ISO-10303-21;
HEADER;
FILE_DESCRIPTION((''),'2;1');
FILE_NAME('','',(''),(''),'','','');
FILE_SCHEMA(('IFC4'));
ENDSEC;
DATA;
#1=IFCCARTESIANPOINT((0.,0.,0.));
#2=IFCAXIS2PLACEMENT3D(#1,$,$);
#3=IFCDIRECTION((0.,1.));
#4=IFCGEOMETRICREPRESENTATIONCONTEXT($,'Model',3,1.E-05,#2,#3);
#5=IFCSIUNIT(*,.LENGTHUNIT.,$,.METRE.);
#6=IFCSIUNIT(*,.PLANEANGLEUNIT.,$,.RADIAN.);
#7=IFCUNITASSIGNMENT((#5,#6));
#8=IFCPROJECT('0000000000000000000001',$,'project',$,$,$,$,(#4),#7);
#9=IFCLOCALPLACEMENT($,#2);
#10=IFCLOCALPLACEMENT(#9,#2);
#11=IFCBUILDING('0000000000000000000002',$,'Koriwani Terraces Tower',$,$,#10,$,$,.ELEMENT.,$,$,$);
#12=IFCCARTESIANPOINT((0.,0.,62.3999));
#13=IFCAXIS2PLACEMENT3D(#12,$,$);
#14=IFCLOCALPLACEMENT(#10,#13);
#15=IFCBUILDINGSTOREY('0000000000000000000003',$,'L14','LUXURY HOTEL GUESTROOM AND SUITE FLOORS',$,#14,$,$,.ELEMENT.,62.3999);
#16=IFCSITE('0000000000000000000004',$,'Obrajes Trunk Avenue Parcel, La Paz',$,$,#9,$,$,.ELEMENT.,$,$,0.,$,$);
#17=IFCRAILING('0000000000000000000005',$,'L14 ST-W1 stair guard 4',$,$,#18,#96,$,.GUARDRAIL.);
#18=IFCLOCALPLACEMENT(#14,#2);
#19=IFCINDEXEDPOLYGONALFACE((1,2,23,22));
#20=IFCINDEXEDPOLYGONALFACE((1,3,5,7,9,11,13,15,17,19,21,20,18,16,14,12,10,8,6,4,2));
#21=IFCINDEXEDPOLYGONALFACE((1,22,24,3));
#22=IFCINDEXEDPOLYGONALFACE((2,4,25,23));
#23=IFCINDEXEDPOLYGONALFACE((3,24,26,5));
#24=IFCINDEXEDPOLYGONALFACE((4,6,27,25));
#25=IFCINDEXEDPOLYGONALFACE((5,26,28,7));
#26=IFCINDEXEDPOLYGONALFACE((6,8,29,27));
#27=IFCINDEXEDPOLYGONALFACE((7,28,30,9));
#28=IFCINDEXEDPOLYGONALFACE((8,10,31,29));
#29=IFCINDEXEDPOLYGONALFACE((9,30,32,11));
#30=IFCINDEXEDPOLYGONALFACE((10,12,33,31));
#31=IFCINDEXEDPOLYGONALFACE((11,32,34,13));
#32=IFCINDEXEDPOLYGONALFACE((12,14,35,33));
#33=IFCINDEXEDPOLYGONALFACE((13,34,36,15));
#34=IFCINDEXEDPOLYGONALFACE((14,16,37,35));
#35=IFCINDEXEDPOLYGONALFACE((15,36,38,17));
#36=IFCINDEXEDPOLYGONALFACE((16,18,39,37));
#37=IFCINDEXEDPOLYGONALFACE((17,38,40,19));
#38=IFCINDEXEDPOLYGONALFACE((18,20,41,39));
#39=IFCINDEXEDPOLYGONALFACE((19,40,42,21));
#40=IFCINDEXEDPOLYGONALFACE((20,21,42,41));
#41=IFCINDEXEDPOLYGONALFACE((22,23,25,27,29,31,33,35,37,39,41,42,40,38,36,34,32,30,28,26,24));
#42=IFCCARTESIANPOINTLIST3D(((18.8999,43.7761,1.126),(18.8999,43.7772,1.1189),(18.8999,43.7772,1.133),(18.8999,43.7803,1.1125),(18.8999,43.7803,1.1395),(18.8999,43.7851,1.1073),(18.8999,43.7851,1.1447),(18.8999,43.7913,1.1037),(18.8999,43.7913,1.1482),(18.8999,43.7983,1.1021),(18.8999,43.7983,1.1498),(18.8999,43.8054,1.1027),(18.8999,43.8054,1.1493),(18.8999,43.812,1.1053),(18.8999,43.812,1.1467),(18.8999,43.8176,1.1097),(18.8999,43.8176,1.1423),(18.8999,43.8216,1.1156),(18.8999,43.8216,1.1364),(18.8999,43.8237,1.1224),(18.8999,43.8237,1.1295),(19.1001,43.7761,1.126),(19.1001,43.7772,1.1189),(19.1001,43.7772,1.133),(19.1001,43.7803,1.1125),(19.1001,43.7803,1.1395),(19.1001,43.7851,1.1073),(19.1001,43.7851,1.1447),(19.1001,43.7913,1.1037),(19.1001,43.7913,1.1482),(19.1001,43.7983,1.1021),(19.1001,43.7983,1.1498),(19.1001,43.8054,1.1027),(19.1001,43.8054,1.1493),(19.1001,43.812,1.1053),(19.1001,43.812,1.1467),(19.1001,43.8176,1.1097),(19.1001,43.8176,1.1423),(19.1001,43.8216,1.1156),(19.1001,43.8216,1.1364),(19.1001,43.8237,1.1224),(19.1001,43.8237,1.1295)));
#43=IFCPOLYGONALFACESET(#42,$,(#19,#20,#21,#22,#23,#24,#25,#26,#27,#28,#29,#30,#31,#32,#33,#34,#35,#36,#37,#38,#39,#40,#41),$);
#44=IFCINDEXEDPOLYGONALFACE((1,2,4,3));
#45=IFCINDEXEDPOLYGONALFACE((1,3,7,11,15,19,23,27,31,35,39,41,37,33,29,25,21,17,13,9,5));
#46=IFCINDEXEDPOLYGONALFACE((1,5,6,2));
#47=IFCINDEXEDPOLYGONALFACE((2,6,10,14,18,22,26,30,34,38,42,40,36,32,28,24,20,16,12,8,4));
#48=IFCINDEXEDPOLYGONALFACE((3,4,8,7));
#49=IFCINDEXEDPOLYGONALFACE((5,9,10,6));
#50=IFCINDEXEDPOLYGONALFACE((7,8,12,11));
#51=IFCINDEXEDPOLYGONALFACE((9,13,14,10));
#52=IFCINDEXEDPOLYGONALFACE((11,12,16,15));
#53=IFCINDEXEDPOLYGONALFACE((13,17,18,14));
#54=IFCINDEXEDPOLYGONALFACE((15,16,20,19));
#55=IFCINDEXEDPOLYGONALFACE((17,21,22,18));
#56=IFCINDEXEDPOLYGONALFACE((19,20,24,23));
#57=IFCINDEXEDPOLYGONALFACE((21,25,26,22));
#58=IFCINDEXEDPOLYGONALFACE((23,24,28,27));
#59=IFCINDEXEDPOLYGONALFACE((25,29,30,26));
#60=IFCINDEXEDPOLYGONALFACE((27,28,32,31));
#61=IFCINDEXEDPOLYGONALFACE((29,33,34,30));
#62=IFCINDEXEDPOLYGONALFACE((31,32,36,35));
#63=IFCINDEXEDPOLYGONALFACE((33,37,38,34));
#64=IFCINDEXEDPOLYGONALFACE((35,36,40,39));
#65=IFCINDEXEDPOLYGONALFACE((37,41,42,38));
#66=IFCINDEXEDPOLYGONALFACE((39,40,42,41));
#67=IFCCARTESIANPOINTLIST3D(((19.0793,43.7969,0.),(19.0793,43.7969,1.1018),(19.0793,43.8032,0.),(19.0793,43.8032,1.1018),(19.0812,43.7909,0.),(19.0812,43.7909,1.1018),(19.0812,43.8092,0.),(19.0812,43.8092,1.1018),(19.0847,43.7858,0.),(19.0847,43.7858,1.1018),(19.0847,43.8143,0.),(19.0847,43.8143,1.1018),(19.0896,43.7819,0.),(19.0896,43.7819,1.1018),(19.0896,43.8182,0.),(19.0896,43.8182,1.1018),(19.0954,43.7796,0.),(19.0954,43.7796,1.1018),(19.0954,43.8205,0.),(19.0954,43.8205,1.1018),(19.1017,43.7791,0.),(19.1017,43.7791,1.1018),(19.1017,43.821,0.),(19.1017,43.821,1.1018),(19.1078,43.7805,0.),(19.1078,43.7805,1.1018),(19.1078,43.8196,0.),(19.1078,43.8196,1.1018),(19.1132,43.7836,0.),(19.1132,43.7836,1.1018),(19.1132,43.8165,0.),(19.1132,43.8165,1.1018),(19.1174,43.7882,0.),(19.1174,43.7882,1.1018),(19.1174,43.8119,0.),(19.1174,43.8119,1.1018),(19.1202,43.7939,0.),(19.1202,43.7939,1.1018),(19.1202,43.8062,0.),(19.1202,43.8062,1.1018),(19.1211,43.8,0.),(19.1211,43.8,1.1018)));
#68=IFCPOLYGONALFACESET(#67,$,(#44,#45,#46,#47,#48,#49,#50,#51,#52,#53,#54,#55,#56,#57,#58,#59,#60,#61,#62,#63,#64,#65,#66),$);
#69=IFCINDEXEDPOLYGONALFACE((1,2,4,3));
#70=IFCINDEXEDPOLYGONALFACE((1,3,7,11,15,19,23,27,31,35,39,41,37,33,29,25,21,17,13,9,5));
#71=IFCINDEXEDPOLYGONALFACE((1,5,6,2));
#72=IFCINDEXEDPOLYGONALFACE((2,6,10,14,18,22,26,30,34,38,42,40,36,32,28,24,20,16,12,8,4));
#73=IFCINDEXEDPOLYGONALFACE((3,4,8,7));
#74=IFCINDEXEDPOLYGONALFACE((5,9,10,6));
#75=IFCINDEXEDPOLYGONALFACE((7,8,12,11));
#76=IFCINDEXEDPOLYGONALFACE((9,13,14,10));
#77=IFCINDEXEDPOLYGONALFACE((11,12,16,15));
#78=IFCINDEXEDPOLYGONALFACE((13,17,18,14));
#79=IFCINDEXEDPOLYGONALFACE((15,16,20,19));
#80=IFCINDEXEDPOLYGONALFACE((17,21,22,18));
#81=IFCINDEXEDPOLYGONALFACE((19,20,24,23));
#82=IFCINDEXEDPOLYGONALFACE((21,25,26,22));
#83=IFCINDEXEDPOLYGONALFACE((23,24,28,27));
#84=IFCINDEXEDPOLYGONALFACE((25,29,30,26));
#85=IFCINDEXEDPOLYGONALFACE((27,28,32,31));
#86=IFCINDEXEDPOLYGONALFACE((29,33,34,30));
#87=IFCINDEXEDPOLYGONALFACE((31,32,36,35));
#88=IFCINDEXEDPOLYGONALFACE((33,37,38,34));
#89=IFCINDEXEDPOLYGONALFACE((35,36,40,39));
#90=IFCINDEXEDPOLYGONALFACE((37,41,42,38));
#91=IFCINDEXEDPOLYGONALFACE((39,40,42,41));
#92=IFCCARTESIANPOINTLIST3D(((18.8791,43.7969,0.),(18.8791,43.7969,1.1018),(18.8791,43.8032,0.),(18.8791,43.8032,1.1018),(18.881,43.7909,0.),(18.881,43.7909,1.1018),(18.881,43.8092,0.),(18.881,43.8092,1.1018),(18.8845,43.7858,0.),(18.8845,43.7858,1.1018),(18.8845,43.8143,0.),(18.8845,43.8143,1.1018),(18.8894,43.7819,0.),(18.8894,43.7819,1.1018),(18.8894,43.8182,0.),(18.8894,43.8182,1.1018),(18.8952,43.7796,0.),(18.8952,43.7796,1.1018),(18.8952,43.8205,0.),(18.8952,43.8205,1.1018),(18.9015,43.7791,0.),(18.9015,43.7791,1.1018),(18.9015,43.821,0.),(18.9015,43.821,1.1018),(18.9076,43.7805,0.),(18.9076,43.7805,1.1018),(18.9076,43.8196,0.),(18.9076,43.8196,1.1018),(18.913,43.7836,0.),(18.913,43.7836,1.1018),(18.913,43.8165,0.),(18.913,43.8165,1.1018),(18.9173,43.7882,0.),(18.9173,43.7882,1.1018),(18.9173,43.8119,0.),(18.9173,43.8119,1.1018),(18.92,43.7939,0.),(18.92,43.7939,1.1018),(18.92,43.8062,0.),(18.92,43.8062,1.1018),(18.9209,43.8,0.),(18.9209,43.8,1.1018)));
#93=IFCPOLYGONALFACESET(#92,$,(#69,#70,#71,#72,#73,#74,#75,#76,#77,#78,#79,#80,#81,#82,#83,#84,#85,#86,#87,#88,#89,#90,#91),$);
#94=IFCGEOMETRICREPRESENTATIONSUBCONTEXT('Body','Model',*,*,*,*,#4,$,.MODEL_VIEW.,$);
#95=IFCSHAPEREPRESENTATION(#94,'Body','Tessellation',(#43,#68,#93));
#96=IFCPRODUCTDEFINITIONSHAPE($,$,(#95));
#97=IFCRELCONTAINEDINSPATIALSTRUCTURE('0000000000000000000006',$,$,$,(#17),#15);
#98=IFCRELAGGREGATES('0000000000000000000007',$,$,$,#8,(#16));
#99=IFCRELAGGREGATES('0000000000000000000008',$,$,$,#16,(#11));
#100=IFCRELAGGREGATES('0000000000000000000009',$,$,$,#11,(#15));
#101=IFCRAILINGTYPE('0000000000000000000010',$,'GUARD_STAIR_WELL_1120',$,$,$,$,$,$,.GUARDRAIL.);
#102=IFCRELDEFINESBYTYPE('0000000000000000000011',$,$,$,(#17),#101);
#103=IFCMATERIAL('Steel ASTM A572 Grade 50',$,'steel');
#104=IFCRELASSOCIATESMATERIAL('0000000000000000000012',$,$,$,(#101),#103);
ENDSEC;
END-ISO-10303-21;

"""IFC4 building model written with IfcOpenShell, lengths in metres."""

from ifc_helpers import new_model, si_unit, direction, frame, origin, origin_2d, place, context, subcontext, project, spatial, circle, extrude, material, type_object, element, save


model = new_model("IFC4")

# Units and contexts
model_context = context("Model", 3, precision=1e-05, world=origin(), true_north=direction((0.0, 1.0)))
body_context = subcontext(model_context, "Body", "Model", "MODEL_VIEW")
ifc_project = project(units=[si_unit("LENGTHUNIT", "METRE"), si_unit("PLANEANGLEUNIT", "RADIAN")], contexts=[model_context])

# Site, building, storey
site_placement = place(None, origin())
site = spatial("IfcSite", under=ifc_project, at=site_placement, Name="Obrajes Trunk Avenue Parcel, La Paz", CompositionType="ELEMENT", RefElevation=0.0)
building_placement = place(site_placement, origin())
building = spatial("IfcBuilding", under=site, at=building_placement, Name="Koriwani Terraces Tower", CompositionType="ELEMENT")
storey_placement = place(building_placement, frame((0.0, 0.0, 62.3999)))
storey = spatial("IfcBuildingStorey", under=building, at=storey_placement, Name="L14", Description="LUXURY HOTEL GUESTROOM AND SUITE FLOORS", CompositionType="ELEMENT", Elevation=62.3999)

# Shared definitions
ifc_material_1 = material(Name="Steel ASTM A572 Grade 50", Category="steel")

# Railing
railing_type_1 = type_object("IfcRailingType", Name="GUARD_STAIR_WELL_1120", PredefinedType="GUARDRAIL", material=ifc_material_1)
railing_1_placement = place(storey_placement, frame((19.1001, 43.8, 0.0)))
element("IfcRailing", 1, at=railing_1_placement, inside=storey, type_object=railing_type_1, Name="L14 ST-W1 stair guard 4", PredefinedType="GUARDRAIL", context=body_context, shape_type="SweptSolid", body=[
    extrude(circle(Radius=0.0239, at=origin_2d()), frame((0.0, 0.0, 1.126), z_axis=(-1.0, 0.0, 0.0), x_axis=(0.0, -1.0, 0.0)), (0.0, 0.0, 1.0), 0.2002),
    extrude(circle(Radius=0.021, at=origin_2d()), origin(), (0.0, 0.0, 1.0), 1.1018),
    extrude(circle(Radius=0.021, at=origin_2d()), frame((-0.2002, 0.0, 0.0)), (0.0, 0.0, 1.0), 1.1018),
])

save(model, "model.ifc")
